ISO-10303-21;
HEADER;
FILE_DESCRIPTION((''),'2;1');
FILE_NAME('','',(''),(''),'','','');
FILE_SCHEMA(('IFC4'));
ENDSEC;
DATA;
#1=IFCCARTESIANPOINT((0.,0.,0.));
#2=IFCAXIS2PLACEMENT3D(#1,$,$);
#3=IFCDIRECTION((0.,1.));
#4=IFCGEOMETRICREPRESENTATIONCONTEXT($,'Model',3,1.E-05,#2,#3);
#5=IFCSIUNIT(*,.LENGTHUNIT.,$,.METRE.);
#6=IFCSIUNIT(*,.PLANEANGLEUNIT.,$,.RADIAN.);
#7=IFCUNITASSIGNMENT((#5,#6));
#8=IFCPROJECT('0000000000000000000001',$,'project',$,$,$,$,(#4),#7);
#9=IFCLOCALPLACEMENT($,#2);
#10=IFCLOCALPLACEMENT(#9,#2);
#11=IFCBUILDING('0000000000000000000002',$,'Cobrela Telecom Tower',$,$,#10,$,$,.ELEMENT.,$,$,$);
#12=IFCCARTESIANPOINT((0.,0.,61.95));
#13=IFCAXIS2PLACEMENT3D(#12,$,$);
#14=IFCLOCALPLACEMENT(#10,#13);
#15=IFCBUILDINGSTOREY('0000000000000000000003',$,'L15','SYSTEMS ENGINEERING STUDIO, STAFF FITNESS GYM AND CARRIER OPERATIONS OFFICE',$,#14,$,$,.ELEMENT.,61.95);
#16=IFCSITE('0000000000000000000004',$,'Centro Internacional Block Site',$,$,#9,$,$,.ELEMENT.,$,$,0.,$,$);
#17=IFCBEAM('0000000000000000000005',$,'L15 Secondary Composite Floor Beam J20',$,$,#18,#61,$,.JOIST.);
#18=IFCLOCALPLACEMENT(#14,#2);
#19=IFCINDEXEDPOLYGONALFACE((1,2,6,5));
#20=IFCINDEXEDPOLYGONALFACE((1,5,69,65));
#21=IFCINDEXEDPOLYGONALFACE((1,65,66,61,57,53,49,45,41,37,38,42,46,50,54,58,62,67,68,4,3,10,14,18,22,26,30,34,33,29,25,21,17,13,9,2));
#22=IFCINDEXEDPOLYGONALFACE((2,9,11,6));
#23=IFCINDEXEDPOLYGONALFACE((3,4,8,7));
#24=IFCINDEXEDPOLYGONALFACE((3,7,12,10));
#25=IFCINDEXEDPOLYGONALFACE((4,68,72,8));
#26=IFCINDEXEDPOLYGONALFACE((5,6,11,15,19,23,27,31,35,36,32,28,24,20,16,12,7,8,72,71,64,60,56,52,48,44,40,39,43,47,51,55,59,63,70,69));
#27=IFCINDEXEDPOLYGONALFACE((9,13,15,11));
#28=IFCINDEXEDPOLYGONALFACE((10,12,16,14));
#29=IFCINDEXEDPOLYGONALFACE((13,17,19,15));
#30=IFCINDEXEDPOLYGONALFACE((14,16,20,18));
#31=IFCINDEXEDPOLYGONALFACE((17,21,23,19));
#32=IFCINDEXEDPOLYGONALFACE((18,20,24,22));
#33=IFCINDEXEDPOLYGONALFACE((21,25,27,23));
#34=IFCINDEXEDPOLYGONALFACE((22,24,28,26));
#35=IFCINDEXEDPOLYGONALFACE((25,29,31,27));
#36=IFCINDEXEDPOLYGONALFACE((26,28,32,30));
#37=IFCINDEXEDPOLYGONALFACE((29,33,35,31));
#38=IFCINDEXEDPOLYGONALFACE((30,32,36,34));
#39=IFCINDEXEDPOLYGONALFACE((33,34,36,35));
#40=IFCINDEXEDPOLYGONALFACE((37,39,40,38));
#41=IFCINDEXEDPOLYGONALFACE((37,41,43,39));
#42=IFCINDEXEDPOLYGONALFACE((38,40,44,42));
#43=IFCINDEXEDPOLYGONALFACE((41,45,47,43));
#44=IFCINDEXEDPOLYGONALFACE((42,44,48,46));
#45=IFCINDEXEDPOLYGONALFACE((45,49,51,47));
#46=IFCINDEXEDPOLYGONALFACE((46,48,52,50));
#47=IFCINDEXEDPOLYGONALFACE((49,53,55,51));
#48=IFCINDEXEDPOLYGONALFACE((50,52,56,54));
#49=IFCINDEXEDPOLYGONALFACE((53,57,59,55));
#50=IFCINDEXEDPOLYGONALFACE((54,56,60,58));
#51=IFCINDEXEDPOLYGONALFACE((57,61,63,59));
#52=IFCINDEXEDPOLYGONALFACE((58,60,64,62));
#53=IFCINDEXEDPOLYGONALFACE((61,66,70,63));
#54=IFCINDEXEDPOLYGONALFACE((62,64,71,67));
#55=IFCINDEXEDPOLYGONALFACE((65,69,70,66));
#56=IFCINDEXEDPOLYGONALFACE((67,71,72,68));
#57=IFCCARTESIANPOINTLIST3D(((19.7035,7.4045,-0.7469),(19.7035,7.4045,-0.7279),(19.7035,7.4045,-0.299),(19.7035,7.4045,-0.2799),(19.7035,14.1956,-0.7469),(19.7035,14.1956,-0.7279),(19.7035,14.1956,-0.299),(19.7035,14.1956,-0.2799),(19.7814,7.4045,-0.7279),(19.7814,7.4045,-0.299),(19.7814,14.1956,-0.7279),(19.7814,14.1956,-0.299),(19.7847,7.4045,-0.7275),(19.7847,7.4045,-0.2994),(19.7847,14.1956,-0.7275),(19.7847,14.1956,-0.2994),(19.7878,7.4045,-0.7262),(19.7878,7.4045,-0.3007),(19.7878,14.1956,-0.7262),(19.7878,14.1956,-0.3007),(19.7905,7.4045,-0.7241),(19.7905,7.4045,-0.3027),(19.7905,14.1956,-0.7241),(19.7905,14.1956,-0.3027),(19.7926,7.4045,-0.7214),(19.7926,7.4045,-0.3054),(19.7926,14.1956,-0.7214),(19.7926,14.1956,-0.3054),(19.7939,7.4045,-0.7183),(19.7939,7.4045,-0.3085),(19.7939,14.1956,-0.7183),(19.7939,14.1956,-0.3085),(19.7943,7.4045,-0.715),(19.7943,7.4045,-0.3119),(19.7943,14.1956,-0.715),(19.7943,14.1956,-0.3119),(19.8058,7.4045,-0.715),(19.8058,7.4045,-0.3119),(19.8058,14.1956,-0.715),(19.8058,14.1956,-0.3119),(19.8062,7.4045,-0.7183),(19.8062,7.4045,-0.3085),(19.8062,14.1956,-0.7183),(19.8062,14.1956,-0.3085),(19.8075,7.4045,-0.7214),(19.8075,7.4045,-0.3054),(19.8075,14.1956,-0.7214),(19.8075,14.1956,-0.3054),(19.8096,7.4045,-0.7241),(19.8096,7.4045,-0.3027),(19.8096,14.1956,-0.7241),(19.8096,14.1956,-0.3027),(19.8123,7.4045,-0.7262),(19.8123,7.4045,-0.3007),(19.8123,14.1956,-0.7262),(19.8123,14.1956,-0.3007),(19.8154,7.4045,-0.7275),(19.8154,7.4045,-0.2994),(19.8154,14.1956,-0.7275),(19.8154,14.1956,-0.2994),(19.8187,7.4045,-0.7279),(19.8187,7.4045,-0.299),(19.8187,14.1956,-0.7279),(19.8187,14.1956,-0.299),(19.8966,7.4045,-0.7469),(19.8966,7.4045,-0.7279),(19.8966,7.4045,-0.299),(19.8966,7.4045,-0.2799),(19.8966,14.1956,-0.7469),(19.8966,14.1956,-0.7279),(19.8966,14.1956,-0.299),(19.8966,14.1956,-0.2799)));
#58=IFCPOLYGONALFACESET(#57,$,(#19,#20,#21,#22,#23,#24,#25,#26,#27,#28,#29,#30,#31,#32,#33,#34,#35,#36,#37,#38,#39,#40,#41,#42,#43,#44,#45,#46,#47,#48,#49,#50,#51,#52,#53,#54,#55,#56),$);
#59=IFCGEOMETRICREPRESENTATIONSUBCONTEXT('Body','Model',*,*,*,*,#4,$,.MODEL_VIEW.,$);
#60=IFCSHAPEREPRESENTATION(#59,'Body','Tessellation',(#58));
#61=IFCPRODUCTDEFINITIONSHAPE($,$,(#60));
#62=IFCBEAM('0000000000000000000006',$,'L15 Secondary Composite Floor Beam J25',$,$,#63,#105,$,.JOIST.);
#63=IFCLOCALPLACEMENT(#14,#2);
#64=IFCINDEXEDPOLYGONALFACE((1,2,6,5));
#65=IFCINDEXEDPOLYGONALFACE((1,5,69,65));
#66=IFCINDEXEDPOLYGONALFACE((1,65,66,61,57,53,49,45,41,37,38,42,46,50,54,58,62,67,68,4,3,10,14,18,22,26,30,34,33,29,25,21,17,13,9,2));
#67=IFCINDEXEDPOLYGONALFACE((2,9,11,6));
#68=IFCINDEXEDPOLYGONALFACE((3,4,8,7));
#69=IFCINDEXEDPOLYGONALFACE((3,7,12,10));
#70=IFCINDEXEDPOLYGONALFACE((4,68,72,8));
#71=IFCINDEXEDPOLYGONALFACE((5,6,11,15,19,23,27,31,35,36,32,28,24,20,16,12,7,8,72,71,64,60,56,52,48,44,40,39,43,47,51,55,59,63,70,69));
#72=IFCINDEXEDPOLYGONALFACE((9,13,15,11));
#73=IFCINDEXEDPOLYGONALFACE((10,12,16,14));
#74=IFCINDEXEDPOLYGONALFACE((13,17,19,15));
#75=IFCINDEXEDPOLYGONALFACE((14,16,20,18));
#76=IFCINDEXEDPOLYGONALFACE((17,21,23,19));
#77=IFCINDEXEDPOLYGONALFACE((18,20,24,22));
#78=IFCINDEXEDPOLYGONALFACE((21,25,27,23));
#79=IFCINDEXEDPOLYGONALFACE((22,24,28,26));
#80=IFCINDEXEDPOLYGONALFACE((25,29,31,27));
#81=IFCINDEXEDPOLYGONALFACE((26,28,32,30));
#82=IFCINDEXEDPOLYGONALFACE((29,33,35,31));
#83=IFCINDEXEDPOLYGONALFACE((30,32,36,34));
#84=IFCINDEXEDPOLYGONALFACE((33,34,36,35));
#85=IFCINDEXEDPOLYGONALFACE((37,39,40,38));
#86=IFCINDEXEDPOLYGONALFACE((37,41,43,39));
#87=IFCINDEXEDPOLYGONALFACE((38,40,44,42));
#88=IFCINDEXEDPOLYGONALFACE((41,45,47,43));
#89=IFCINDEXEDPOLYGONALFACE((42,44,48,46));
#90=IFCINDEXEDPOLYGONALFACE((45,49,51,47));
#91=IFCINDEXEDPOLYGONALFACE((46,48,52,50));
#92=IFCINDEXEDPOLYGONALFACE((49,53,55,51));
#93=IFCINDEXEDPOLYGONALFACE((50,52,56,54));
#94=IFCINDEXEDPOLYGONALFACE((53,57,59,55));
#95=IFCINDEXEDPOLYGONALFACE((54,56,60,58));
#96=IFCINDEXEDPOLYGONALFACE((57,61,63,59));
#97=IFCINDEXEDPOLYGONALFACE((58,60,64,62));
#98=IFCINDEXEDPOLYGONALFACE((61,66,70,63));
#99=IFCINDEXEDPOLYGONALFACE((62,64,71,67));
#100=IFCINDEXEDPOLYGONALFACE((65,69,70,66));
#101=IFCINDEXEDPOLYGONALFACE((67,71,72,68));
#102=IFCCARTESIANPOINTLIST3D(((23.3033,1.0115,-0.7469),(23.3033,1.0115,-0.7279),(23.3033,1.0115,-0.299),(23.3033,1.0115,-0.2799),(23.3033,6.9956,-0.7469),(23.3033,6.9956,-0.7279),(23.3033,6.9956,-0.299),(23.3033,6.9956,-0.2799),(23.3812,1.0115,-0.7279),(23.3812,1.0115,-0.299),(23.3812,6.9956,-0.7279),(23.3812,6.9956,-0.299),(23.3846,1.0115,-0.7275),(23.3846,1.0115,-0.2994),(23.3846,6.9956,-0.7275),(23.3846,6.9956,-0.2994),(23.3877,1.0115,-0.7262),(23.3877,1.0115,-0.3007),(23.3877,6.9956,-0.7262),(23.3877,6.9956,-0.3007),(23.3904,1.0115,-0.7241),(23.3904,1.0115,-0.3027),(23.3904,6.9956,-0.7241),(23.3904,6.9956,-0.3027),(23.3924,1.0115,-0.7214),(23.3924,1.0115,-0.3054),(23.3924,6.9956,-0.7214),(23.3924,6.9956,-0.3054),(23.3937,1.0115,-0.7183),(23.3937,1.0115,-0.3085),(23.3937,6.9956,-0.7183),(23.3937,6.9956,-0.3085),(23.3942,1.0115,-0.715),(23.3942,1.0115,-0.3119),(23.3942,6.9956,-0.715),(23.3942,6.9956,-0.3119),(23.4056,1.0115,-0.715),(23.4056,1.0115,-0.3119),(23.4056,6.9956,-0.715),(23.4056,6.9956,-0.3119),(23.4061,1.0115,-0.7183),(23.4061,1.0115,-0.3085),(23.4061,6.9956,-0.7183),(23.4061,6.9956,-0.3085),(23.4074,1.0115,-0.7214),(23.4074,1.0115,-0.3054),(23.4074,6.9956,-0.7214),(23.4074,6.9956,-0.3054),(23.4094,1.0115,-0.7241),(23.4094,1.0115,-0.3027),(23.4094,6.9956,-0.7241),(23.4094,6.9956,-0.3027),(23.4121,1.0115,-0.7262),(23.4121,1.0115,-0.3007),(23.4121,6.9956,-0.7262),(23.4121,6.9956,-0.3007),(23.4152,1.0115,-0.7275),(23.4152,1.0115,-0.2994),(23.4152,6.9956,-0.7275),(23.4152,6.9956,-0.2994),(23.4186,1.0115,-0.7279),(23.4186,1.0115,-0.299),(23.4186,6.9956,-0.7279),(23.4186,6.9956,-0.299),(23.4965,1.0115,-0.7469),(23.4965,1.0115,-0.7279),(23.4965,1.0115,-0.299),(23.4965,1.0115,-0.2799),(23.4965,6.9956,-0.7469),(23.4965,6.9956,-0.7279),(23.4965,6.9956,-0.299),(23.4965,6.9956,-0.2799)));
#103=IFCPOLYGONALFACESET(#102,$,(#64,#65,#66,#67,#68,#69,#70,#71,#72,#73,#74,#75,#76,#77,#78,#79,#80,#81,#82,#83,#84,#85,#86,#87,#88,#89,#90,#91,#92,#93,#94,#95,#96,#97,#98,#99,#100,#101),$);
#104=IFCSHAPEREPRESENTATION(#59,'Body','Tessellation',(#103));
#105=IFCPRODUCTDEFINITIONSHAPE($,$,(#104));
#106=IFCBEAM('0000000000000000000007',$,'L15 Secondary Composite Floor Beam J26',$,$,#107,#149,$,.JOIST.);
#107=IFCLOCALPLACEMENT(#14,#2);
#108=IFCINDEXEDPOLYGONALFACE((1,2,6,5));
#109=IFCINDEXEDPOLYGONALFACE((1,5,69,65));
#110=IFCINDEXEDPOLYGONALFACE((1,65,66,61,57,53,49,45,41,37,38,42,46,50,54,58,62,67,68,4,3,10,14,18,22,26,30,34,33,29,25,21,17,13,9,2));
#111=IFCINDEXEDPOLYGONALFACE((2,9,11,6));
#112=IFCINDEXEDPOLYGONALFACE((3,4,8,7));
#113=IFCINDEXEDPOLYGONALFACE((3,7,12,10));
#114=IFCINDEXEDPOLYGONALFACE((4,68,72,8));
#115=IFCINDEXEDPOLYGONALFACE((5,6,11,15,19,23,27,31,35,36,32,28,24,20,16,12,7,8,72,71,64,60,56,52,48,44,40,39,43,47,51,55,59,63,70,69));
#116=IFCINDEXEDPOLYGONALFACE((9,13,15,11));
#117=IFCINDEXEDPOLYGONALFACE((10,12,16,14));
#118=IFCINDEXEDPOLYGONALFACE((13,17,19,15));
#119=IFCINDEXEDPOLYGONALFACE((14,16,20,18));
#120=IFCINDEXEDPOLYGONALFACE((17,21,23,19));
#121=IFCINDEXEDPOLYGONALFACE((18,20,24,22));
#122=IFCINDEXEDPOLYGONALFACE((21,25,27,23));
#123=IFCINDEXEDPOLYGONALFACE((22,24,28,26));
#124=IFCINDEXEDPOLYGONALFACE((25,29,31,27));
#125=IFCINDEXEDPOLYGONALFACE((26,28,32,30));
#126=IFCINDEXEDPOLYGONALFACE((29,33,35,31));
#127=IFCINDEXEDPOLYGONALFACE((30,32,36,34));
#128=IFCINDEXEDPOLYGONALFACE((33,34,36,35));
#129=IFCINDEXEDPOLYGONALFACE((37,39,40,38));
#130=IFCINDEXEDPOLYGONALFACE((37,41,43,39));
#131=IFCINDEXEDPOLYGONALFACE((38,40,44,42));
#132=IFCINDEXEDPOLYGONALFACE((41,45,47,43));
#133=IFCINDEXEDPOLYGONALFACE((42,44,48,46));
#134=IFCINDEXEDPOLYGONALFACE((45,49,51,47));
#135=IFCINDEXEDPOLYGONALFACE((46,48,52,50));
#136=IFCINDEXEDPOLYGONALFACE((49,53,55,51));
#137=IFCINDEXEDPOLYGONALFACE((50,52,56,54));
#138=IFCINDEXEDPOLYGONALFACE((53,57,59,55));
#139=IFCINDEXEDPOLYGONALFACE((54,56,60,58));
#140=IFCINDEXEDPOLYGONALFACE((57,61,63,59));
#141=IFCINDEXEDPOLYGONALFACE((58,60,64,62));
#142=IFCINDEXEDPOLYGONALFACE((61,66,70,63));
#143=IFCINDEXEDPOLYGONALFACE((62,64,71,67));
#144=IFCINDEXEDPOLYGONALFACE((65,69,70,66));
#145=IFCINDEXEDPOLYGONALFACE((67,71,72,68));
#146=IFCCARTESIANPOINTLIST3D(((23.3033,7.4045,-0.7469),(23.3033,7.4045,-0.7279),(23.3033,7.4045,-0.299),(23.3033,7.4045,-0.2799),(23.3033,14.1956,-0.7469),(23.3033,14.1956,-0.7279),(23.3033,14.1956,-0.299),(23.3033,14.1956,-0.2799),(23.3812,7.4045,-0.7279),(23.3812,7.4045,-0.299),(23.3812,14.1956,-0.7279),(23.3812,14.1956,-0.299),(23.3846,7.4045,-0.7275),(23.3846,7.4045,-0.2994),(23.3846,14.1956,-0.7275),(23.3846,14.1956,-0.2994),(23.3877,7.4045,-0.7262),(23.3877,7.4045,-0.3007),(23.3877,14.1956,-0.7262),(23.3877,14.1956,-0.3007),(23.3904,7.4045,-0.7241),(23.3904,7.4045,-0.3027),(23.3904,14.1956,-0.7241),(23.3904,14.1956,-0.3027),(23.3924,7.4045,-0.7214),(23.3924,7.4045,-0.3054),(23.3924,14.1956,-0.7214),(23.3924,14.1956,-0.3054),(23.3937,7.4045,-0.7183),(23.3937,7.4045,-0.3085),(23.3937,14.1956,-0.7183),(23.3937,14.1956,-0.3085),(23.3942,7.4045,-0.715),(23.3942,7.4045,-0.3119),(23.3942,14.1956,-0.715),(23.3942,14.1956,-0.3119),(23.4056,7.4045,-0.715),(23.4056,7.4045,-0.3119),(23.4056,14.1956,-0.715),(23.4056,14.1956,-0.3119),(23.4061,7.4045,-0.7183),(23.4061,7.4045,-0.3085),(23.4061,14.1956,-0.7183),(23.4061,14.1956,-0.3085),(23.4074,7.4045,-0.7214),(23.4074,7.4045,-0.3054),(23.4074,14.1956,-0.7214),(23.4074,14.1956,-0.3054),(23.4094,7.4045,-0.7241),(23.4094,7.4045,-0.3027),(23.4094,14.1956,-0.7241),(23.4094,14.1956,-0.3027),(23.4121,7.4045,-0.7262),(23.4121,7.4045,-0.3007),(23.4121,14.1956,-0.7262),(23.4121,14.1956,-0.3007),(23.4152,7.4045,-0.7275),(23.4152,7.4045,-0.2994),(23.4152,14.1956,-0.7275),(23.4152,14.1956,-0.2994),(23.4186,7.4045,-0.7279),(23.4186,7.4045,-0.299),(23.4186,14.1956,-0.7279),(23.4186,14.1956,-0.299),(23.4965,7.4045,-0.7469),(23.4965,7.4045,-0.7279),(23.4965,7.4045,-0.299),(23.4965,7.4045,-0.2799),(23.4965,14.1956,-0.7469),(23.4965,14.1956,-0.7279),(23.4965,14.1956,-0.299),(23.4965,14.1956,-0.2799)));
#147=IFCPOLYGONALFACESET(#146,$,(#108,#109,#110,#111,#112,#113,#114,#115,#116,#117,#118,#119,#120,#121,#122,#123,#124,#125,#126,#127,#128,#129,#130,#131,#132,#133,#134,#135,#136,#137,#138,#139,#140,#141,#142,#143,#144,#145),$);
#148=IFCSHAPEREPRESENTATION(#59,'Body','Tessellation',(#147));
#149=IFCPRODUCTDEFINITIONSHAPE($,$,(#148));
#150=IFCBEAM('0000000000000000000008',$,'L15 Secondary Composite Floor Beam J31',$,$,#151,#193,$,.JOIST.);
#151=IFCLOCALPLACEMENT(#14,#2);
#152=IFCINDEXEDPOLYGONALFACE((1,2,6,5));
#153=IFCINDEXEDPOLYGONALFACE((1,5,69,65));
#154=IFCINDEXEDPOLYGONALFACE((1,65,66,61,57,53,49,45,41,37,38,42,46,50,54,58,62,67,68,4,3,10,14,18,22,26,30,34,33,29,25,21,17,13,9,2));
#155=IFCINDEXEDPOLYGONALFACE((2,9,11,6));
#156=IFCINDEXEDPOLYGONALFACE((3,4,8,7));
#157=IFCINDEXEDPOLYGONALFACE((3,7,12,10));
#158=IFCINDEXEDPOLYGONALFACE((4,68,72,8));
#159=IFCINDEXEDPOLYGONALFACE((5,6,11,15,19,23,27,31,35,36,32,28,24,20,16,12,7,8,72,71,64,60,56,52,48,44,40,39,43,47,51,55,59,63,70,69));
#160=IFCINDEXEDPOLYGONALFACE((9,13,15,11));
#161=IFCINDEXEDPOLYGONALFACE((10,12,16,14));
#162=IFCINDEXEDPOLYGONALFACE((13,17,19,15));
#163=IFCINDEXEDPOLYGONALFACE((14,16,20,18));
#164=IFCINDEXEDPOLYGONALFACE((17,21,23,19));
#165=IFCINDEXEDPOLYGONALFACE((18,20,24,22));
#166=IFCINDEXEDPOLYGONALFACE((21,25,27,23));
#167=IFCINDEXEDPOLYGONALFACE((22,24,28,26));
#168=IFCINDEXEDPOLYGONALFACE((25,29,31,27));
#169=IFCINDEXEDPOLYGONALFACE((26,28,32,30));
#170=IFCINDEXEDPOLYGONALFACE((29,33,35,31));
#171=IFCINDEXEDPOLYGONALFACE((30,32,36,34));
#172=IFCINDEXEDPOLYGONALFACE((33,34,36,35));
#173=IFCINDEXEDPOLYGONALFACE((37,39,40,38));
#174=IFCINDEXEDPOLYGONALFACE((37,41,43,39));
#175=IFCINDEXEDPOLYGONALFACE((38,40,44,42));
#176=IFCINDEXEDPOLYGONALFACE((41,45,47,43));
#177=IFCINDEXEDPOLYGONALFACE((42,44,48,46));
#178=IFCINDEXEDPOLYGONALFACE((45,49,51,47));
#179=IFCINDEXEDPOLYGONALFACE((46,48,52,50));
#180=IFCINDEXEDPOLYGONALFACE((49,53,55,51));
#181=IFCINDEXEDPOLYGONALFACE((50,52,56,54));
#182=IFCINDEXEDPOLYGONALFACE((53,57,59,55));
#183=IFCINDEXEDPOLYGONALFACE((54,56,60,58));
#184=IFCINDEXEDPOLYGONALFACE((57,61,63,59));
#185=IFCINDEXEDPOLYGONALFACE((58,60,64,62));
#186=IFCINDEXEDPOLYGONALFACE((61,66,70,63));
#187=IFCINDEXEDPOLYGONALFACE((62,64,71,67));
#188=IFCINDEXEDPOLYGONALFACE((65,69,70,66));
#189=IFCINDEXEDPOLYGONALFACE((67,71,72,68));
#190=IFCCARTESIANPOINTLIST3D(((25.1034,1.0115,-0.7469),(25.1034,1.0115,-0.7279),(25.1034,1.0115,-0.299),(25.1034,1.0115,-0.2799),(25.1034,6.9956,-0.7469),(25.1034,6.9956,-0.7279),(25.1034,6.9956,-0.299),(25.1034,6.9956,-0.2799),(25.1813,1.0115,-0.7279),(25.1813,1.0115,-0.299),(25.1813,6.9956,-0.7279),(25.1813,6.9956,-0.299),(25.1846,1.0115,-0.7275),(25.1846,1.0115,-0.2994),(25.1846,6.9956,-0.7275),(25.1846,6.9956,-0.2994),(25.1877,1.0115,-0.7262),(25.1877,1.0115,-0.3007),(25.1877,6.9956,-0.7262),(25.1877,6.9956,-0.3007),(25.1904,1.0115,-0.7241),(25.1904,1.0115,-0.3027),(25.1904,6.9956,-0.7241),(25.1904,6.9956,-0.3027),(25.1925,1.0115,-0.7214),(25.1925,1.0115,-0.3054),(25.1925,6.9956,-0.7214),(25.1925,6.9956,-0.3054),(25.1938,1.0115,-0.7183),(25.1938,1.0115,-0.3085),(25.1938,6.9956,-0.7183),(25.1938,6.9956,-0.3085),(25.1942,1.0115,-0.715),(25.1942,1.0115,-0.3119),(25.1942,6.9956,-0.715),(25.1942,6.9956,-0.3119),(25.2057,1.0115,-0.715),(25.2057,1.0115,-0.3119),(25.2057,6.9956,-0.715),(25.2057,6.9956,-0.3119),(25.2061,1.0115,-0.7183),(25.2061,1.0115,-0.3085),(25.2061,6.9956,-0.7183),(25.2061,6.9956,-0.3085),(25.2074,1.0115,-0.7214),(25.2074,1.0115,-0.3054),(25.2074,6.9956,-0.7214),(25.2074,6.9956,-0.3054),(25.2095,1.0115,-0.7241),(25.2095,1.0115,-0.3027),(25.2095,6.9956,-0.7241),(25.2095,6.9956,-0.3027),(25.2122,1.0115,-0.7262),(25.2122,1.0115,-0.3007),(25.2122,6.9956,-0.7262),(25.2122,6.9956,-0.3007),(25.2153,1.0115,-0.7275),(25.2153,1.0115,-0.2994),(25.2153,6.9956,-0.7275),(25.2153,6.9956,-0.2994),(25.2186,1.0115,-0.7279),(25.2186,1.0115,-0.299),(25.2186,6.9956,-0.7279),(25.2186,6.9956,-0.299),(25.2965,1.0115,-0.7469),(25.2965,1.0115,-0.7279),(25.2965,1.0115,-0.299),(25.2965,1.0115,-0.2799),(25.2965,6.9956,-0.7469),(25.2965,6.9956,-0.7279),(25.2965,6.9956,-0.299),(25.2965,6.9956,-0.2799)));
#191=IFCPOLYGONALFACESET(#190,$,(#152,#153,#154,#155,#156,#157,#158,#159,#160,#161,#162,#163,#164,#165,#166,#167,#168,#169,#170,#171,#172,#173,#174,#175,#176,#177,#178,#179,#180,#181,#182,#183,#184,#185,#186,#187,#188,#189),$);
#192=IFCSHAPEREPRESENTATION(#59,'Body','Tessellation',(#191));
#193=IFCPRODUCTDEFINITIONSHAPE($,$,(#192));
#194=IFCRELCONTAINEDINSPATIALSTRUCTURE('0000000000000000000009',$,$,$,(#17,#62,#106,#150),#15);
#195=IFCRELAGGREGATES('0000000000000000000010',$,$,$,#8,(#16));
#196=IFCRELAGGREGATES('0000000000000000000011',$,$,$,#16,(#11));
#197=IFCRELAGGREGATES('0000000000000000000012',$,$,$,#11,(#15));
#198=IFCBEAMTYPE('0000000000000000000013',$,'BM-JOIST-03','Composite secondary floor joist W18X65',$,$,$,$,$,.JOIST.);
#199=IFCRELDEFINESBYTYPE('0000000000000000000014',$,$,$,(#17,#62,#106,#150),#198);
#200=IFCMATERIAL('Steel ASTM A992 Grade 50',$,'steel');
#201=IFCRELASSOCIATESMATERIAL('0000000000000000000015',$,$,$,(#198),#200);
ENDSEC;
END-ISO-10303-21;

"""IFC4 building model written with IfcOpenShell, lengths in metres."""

from ifc_helpers import new_model, si_unit, direction, frame, origin, origin_2d, place, context, subcontext, project, spatial, i_section, extrude, material, material_profile, profile_set, type_object, element, save


model = new_model("IFC4")

# Units and contexts
model_context = context("Model", 3, precision=1e-05, world=origin(), true_north=direction((0.0, 1.0)))
body_context = subcontext(model_context, "Body", "Model", "MODEL_VIEW")
ifc_project = project(units=[si_unit("LENGTHUNIT", "METRE"), si_unit("PLANEANGLEUNIT", "RADIAN")], contexts=[model_context])

# Site, building, storey
site_placement = place(None, origin())
site = spatial("IfcSite", under=ifc_project, at=site_placement, Name="Centro Internacional Block Site", CompositionType="ELEMENT", RefElevation=0.0)
building_placement = place(site_placement, origin())
building = spatial("IfcBuilding", under=site, at=building_placement, Name="Cobrela Telecom Tower", CompositionType="ELEMENT")
storey_placement = place(building_placement, frame((0.0, 0.0, 61.95)))
storey = spatial("IfcBuildingStorey", under=building, at=storey_placement, Name="L15", Description="SYSTEMS ENGINEERING STUDIO, STAFF FITNESS GYM AND CARRIER OPERATIONS OFFICE", CompositionType="ELEMENT", Elevation=61.95)

# Shared definitions
ifc_material_1 = material(Name="Steel ASTM A992 Grade 50", Category="steel")

# Beams
ifc_material_profile_1 = material_profile(ifc_material_1, i_section(OverallWidth=0.1931, OverallDepth=0.467, WebThickness=0.0115, FlangeThickness=0.019, FilletRadius=0.0129, at=origin_2d()), Name="W18X65")
ifc_profile_set_1 = profile_set([ifc_material_profile_1], Name="Steel ASTM A992 Grade 50")
beam_type_1 = type_object("IfcBeamType", Name="BM-JOIST-03", Description="Composite secondary floor joist W18X65", PredefinedType="JOIST", material=ifc_profile_set_1)
beam_1_placement = place(storey_placement, frame((19.8, 7.4045, -0.5134), z_axis=(0.0, 1.0, 0.0), x_axis=(-1.0, 0.0, 0.0)))
element("IfcBeam", 1, at=beam_1_placement, inside=storey, type_object=beam_type_1, Name="L15 Secondary Composite Floor Beam J20", PredefinedType="JOIST", context=body_context, shape_type="SweptSolid", body=[
    extrude(i_section(OverallWidth=0.1931, OverallDepth=0.467, WebThickness=0.0115, FlangeThickness=0.019, FilletRadius=0.0129, at=origin_2d()), origin(), (0.0, 0.0, 1.0), 6.791),
])
beam_2_placement = place(storey_placement, frame((23.3999, 1.0115, -0.5134), z_axis=(0.0, 1.0, 0.0), x_axis=(-1.0, 0.0, 0.0)))
element("IfcBeam", 2, at=beam_2_placement, inside=storey, type_object=beam_type_1, Name="L15 Secondary Composite Floor Beam J25", PredefinedType="JOIST", context=body_context, shape_type="SweptSolid", body=[
    extrude(i_section(OverallWidth=0.1931, OverallDepth=0.467, WebThickness=0.0115, FlangeThickness=0.019, FilletRadius=0.0129, at=origin_2d()), origin(), (0.0, 0.0, 1.0), 5.9841),
])
beam_3_placement = place(storey_placement, frame((23.3999, 7.4045, -0.5134), z_axis=(0.0, 1.0, 0.0), x_axis=(-1.0, 0.0, 0.0)))
element("IfcBeam", 3, at=beam_3_placement, inside=storey, type_object=beam_type_1, Name="L15 Secondary Composite Floor Beam J26", PredefinedType="JOIST", context=body_context, shape_type="SweptSolid", body=[
    extrude(i_section(OverallWidth=0.1931, OverallDepth=0.467, WebThickness=0.0115, FlangeThickness=0.019, FilletRadius=0.0129, at=origin_2d()), origin(), (0.0, 0.0, 1.0), 6.791),
])
beam_4_placement = place(storey_placement, frame((25.2, 1.0115, -0.5134), z_axis=(0.0, 1.0, 0.0), x_axis=(-1.0, 0.0, 0.0)))
element("IfcBeam", 4, at=beam_4_placement, inside=storey, type_object=beam_type_1, Name="L15 Secondary Composite Floor Beam J31", PredefinedType="JOIST", context=body_context, shape_type="SweptSolid", body=[
    extrude(i_section(OverallWidth=0.1931, OverallDepth=0.467, WebThickness=0.0115, FlangeThickness=0.019, FilletRadius=0.0129, at=origin_2d()), origin(), (0.0, 0.0, 1.0), 5.9841),
])

save(model, "model.ifc")
